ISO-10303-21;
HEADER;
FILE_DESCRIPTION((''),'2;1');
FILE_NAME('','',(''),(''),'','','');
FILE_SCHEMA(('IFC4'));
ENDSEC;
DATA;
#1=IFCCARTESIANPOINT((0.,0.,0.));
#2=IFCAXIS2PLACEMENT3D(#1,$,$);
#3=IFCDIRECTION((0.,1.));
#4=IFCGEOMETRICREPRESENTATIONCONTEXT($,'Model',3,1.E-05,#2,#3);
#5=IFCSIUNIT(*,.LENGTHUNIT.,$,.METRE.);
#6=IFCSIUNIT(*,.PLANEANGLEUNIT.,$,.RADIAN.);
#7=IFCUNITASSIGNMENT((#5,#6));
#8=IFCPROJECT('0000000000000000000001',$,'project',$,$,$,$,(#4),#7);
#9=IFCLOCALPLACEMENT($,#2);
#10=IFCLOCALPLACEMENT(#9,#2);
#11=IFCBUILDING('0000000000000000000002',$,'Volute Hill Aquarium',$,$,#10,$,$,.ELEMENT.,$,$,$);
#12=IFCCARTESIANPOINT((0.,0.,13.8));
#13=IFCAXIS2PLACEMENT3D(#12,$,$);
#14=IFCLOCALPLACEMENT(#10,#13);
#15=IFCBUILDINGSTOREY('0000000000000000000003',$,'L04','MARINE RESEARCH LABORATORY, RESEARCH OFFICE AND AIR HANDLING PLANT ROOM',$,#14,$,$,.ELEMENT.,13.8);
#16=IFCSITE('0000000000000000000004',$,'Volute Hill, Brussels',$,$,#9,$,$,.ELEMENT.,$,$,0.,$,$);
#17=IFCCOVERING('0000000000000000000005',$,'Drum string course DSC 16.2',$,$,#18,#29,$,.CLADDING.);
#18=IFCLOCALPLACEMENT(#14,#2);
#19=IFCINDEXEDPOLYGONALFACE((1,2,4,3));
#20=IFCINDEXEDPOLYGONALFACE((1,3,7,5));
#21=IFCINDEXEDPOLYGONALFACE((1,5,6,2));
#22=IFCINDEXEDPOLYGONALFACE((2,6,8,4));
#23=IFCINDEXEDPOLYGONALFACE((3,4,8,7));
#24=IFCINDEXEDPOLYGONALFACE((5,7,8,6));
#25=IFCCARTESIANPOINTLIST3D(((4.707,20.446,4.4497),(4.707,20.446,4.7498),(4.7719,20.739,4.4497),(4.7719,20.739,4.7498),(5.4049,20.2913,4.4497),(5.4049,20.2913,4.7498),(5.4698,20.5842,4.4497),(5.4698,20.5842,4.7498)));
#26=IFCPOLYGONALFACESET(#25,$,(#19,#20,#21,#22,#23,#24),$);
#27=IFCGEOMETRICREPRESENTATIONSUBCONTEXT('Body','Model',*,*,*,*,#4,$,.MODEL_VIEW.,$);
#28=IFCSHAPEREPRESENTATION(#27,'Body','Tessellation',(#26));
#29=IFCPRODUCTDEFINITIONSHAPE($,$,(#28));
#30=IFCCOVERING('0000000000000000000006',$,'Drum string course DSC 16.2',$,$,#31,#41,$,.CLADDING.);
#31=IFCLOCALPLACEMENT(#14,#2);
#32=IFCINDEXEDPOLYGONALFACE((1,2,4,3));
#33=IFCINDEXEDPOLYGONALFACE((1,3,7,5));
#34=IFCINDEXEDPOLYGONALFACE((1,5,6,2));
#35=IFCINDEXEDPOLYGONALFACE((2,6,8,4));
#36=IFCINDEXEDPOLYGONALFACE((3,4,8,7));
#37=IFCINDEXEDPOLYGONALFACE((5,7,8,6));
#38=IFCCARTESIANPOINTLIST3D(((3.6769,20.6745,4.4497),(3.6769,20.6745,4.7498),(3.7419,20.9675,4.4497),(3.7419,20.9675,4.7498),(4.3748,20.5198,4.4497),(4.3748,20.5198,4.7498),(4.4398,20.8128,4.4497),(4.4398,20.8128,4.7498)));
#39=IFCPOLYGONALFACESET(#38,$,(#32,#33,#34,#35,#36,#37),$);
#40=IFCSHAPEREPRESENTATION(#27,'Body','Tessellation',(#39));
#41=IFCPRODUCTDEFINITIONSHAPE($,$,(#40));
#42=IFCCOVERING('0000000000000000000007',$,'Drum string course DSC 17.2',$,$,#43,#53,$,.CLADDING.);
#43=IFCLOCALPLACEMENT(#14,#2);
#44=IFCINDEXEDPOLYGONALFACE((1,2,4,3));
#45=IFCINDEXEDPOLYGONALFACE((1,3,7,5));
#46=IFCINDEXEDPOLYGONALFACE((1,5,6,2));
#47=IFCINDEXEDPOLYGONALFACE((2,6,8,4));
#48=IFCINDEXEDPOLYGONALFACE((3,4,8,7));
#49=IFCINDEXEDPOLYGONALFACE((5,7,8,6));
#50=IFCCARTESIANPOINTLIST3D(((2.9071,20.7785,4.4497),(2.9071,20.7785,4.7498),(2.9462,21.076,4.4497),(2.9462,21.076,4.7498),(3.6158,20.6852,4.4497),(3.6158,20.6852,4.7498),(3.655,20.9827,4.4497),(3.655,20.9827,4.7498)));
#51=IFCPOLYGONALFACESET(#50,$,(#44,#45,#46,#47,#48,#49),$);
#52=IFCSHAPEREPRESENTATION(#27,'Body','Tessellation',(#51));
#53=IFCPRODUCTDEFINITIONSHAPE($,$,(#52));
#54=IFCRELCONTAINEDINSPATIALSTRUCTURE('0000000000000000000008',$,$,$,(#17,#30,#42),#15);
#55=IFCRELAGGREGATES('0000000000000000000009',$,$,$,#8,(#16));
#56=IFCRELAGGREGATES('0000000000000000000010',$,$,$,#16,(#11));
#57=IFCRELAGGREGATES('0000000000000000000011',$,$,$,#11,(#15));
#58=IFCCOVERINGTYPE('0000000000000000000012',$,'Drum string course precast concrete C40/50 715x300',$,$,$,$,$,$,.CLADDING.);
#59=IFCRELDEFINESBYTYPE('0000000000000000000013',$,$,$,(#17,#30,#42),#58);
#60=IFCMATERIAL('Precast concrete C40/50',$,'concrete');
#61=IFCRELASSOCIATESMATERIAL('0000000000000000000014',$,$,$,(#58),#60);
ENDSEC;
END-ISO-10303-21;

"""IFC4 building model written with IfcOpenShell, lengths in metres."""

from ifc_helpers import new_model, si_unit, direction, frame, origin, origin_2d, place, context, subcontext, project, spatial, rectangle, extrude, material, type_object, element, save


model = new_model("IFC4")

# Units and contexts
model_context = context("Model", 3, precision=1e-05, world=origin(), true_north=direction((0.0, 1.0)))
body_context = subcontext(model_context, "Body", "Model", "MODEL_VIEW")
ifc_project = project(units=[si_unit("LENGTHUNIT", "METRE"), si_unit("PLANEANGLEUNIT", "RADIAN")], contexts=[model_context])

# Site, building, storey
site_placement = place(None, origin())
site = spatial("IfcSite", under=ifc_project, at=site_placement, Name="Volute Hill, Brussels", CompositionType="ELEMENT", RefElevation=0.0)
building_placement = place(site_placement, origin())
building = spatial("IfcBuilding", under=site, at=building_placement, Name="Volute Hill Aquarium", CompositionType="ELEMENT")
storey_placement = place(building_placement, frame((0.0, 0.0, 13.8)))
storey = spatial("IfcBuildingStorey", under=building, at=storey_placement, Name="L04", Description="MARINE RESEARCH LABORATORY, RESEARCH OFFICE AND AIR HANDLING PLANT ROOM", CompositionType="ELEMENT", Elevation=13.8)

# Coverings
ifc_material_1 = material(Name="Precast concrete C40/50", Category="concrete")
covering_type_1 = type_object("IfcCoveringType", Name="Drum string course precast concrete C40/50 715x300", PredefinedType="CLADDING", material=ifc_material_1)
for number, where, z_axis, x_axis, name in (
    (1, (5.0884, 20.5151, 4.4497), (0.0, 0.0, 1.0), (-0.976296, 0.21644, 0.0), "Drum string course DSC 16.2"),
    (2, (4.0583, 20.7437, 4.4497), (0.0, 0.0, 1.0), (-0.976296, 0.21644, 0.0), "Drum string course DSC 16.2"),
    (3, (3.281, 20.8806, 4.4497), (0.0, 0.0, 1.0), (-0.991445, 0.130526, 0.0), "Drum string course DSC 17.2"),
):
    element("IfcCovering", number, at=place(storey_placement, frame(where, z_axis=z_axis, x_axis=x_axis)), inside=storey, type_object=covering_type_1, Name=name, PredefinedType="CLADDING", context=body_context, shape_type="SweptSolid", body=[
        extrude(rectangle(XDim=0.7148, YDim=0.3, at=origin_2d()), origin(), (0.0, 0.0, 1.0), 0.3),
    ])

save(model, "model.ifc")
